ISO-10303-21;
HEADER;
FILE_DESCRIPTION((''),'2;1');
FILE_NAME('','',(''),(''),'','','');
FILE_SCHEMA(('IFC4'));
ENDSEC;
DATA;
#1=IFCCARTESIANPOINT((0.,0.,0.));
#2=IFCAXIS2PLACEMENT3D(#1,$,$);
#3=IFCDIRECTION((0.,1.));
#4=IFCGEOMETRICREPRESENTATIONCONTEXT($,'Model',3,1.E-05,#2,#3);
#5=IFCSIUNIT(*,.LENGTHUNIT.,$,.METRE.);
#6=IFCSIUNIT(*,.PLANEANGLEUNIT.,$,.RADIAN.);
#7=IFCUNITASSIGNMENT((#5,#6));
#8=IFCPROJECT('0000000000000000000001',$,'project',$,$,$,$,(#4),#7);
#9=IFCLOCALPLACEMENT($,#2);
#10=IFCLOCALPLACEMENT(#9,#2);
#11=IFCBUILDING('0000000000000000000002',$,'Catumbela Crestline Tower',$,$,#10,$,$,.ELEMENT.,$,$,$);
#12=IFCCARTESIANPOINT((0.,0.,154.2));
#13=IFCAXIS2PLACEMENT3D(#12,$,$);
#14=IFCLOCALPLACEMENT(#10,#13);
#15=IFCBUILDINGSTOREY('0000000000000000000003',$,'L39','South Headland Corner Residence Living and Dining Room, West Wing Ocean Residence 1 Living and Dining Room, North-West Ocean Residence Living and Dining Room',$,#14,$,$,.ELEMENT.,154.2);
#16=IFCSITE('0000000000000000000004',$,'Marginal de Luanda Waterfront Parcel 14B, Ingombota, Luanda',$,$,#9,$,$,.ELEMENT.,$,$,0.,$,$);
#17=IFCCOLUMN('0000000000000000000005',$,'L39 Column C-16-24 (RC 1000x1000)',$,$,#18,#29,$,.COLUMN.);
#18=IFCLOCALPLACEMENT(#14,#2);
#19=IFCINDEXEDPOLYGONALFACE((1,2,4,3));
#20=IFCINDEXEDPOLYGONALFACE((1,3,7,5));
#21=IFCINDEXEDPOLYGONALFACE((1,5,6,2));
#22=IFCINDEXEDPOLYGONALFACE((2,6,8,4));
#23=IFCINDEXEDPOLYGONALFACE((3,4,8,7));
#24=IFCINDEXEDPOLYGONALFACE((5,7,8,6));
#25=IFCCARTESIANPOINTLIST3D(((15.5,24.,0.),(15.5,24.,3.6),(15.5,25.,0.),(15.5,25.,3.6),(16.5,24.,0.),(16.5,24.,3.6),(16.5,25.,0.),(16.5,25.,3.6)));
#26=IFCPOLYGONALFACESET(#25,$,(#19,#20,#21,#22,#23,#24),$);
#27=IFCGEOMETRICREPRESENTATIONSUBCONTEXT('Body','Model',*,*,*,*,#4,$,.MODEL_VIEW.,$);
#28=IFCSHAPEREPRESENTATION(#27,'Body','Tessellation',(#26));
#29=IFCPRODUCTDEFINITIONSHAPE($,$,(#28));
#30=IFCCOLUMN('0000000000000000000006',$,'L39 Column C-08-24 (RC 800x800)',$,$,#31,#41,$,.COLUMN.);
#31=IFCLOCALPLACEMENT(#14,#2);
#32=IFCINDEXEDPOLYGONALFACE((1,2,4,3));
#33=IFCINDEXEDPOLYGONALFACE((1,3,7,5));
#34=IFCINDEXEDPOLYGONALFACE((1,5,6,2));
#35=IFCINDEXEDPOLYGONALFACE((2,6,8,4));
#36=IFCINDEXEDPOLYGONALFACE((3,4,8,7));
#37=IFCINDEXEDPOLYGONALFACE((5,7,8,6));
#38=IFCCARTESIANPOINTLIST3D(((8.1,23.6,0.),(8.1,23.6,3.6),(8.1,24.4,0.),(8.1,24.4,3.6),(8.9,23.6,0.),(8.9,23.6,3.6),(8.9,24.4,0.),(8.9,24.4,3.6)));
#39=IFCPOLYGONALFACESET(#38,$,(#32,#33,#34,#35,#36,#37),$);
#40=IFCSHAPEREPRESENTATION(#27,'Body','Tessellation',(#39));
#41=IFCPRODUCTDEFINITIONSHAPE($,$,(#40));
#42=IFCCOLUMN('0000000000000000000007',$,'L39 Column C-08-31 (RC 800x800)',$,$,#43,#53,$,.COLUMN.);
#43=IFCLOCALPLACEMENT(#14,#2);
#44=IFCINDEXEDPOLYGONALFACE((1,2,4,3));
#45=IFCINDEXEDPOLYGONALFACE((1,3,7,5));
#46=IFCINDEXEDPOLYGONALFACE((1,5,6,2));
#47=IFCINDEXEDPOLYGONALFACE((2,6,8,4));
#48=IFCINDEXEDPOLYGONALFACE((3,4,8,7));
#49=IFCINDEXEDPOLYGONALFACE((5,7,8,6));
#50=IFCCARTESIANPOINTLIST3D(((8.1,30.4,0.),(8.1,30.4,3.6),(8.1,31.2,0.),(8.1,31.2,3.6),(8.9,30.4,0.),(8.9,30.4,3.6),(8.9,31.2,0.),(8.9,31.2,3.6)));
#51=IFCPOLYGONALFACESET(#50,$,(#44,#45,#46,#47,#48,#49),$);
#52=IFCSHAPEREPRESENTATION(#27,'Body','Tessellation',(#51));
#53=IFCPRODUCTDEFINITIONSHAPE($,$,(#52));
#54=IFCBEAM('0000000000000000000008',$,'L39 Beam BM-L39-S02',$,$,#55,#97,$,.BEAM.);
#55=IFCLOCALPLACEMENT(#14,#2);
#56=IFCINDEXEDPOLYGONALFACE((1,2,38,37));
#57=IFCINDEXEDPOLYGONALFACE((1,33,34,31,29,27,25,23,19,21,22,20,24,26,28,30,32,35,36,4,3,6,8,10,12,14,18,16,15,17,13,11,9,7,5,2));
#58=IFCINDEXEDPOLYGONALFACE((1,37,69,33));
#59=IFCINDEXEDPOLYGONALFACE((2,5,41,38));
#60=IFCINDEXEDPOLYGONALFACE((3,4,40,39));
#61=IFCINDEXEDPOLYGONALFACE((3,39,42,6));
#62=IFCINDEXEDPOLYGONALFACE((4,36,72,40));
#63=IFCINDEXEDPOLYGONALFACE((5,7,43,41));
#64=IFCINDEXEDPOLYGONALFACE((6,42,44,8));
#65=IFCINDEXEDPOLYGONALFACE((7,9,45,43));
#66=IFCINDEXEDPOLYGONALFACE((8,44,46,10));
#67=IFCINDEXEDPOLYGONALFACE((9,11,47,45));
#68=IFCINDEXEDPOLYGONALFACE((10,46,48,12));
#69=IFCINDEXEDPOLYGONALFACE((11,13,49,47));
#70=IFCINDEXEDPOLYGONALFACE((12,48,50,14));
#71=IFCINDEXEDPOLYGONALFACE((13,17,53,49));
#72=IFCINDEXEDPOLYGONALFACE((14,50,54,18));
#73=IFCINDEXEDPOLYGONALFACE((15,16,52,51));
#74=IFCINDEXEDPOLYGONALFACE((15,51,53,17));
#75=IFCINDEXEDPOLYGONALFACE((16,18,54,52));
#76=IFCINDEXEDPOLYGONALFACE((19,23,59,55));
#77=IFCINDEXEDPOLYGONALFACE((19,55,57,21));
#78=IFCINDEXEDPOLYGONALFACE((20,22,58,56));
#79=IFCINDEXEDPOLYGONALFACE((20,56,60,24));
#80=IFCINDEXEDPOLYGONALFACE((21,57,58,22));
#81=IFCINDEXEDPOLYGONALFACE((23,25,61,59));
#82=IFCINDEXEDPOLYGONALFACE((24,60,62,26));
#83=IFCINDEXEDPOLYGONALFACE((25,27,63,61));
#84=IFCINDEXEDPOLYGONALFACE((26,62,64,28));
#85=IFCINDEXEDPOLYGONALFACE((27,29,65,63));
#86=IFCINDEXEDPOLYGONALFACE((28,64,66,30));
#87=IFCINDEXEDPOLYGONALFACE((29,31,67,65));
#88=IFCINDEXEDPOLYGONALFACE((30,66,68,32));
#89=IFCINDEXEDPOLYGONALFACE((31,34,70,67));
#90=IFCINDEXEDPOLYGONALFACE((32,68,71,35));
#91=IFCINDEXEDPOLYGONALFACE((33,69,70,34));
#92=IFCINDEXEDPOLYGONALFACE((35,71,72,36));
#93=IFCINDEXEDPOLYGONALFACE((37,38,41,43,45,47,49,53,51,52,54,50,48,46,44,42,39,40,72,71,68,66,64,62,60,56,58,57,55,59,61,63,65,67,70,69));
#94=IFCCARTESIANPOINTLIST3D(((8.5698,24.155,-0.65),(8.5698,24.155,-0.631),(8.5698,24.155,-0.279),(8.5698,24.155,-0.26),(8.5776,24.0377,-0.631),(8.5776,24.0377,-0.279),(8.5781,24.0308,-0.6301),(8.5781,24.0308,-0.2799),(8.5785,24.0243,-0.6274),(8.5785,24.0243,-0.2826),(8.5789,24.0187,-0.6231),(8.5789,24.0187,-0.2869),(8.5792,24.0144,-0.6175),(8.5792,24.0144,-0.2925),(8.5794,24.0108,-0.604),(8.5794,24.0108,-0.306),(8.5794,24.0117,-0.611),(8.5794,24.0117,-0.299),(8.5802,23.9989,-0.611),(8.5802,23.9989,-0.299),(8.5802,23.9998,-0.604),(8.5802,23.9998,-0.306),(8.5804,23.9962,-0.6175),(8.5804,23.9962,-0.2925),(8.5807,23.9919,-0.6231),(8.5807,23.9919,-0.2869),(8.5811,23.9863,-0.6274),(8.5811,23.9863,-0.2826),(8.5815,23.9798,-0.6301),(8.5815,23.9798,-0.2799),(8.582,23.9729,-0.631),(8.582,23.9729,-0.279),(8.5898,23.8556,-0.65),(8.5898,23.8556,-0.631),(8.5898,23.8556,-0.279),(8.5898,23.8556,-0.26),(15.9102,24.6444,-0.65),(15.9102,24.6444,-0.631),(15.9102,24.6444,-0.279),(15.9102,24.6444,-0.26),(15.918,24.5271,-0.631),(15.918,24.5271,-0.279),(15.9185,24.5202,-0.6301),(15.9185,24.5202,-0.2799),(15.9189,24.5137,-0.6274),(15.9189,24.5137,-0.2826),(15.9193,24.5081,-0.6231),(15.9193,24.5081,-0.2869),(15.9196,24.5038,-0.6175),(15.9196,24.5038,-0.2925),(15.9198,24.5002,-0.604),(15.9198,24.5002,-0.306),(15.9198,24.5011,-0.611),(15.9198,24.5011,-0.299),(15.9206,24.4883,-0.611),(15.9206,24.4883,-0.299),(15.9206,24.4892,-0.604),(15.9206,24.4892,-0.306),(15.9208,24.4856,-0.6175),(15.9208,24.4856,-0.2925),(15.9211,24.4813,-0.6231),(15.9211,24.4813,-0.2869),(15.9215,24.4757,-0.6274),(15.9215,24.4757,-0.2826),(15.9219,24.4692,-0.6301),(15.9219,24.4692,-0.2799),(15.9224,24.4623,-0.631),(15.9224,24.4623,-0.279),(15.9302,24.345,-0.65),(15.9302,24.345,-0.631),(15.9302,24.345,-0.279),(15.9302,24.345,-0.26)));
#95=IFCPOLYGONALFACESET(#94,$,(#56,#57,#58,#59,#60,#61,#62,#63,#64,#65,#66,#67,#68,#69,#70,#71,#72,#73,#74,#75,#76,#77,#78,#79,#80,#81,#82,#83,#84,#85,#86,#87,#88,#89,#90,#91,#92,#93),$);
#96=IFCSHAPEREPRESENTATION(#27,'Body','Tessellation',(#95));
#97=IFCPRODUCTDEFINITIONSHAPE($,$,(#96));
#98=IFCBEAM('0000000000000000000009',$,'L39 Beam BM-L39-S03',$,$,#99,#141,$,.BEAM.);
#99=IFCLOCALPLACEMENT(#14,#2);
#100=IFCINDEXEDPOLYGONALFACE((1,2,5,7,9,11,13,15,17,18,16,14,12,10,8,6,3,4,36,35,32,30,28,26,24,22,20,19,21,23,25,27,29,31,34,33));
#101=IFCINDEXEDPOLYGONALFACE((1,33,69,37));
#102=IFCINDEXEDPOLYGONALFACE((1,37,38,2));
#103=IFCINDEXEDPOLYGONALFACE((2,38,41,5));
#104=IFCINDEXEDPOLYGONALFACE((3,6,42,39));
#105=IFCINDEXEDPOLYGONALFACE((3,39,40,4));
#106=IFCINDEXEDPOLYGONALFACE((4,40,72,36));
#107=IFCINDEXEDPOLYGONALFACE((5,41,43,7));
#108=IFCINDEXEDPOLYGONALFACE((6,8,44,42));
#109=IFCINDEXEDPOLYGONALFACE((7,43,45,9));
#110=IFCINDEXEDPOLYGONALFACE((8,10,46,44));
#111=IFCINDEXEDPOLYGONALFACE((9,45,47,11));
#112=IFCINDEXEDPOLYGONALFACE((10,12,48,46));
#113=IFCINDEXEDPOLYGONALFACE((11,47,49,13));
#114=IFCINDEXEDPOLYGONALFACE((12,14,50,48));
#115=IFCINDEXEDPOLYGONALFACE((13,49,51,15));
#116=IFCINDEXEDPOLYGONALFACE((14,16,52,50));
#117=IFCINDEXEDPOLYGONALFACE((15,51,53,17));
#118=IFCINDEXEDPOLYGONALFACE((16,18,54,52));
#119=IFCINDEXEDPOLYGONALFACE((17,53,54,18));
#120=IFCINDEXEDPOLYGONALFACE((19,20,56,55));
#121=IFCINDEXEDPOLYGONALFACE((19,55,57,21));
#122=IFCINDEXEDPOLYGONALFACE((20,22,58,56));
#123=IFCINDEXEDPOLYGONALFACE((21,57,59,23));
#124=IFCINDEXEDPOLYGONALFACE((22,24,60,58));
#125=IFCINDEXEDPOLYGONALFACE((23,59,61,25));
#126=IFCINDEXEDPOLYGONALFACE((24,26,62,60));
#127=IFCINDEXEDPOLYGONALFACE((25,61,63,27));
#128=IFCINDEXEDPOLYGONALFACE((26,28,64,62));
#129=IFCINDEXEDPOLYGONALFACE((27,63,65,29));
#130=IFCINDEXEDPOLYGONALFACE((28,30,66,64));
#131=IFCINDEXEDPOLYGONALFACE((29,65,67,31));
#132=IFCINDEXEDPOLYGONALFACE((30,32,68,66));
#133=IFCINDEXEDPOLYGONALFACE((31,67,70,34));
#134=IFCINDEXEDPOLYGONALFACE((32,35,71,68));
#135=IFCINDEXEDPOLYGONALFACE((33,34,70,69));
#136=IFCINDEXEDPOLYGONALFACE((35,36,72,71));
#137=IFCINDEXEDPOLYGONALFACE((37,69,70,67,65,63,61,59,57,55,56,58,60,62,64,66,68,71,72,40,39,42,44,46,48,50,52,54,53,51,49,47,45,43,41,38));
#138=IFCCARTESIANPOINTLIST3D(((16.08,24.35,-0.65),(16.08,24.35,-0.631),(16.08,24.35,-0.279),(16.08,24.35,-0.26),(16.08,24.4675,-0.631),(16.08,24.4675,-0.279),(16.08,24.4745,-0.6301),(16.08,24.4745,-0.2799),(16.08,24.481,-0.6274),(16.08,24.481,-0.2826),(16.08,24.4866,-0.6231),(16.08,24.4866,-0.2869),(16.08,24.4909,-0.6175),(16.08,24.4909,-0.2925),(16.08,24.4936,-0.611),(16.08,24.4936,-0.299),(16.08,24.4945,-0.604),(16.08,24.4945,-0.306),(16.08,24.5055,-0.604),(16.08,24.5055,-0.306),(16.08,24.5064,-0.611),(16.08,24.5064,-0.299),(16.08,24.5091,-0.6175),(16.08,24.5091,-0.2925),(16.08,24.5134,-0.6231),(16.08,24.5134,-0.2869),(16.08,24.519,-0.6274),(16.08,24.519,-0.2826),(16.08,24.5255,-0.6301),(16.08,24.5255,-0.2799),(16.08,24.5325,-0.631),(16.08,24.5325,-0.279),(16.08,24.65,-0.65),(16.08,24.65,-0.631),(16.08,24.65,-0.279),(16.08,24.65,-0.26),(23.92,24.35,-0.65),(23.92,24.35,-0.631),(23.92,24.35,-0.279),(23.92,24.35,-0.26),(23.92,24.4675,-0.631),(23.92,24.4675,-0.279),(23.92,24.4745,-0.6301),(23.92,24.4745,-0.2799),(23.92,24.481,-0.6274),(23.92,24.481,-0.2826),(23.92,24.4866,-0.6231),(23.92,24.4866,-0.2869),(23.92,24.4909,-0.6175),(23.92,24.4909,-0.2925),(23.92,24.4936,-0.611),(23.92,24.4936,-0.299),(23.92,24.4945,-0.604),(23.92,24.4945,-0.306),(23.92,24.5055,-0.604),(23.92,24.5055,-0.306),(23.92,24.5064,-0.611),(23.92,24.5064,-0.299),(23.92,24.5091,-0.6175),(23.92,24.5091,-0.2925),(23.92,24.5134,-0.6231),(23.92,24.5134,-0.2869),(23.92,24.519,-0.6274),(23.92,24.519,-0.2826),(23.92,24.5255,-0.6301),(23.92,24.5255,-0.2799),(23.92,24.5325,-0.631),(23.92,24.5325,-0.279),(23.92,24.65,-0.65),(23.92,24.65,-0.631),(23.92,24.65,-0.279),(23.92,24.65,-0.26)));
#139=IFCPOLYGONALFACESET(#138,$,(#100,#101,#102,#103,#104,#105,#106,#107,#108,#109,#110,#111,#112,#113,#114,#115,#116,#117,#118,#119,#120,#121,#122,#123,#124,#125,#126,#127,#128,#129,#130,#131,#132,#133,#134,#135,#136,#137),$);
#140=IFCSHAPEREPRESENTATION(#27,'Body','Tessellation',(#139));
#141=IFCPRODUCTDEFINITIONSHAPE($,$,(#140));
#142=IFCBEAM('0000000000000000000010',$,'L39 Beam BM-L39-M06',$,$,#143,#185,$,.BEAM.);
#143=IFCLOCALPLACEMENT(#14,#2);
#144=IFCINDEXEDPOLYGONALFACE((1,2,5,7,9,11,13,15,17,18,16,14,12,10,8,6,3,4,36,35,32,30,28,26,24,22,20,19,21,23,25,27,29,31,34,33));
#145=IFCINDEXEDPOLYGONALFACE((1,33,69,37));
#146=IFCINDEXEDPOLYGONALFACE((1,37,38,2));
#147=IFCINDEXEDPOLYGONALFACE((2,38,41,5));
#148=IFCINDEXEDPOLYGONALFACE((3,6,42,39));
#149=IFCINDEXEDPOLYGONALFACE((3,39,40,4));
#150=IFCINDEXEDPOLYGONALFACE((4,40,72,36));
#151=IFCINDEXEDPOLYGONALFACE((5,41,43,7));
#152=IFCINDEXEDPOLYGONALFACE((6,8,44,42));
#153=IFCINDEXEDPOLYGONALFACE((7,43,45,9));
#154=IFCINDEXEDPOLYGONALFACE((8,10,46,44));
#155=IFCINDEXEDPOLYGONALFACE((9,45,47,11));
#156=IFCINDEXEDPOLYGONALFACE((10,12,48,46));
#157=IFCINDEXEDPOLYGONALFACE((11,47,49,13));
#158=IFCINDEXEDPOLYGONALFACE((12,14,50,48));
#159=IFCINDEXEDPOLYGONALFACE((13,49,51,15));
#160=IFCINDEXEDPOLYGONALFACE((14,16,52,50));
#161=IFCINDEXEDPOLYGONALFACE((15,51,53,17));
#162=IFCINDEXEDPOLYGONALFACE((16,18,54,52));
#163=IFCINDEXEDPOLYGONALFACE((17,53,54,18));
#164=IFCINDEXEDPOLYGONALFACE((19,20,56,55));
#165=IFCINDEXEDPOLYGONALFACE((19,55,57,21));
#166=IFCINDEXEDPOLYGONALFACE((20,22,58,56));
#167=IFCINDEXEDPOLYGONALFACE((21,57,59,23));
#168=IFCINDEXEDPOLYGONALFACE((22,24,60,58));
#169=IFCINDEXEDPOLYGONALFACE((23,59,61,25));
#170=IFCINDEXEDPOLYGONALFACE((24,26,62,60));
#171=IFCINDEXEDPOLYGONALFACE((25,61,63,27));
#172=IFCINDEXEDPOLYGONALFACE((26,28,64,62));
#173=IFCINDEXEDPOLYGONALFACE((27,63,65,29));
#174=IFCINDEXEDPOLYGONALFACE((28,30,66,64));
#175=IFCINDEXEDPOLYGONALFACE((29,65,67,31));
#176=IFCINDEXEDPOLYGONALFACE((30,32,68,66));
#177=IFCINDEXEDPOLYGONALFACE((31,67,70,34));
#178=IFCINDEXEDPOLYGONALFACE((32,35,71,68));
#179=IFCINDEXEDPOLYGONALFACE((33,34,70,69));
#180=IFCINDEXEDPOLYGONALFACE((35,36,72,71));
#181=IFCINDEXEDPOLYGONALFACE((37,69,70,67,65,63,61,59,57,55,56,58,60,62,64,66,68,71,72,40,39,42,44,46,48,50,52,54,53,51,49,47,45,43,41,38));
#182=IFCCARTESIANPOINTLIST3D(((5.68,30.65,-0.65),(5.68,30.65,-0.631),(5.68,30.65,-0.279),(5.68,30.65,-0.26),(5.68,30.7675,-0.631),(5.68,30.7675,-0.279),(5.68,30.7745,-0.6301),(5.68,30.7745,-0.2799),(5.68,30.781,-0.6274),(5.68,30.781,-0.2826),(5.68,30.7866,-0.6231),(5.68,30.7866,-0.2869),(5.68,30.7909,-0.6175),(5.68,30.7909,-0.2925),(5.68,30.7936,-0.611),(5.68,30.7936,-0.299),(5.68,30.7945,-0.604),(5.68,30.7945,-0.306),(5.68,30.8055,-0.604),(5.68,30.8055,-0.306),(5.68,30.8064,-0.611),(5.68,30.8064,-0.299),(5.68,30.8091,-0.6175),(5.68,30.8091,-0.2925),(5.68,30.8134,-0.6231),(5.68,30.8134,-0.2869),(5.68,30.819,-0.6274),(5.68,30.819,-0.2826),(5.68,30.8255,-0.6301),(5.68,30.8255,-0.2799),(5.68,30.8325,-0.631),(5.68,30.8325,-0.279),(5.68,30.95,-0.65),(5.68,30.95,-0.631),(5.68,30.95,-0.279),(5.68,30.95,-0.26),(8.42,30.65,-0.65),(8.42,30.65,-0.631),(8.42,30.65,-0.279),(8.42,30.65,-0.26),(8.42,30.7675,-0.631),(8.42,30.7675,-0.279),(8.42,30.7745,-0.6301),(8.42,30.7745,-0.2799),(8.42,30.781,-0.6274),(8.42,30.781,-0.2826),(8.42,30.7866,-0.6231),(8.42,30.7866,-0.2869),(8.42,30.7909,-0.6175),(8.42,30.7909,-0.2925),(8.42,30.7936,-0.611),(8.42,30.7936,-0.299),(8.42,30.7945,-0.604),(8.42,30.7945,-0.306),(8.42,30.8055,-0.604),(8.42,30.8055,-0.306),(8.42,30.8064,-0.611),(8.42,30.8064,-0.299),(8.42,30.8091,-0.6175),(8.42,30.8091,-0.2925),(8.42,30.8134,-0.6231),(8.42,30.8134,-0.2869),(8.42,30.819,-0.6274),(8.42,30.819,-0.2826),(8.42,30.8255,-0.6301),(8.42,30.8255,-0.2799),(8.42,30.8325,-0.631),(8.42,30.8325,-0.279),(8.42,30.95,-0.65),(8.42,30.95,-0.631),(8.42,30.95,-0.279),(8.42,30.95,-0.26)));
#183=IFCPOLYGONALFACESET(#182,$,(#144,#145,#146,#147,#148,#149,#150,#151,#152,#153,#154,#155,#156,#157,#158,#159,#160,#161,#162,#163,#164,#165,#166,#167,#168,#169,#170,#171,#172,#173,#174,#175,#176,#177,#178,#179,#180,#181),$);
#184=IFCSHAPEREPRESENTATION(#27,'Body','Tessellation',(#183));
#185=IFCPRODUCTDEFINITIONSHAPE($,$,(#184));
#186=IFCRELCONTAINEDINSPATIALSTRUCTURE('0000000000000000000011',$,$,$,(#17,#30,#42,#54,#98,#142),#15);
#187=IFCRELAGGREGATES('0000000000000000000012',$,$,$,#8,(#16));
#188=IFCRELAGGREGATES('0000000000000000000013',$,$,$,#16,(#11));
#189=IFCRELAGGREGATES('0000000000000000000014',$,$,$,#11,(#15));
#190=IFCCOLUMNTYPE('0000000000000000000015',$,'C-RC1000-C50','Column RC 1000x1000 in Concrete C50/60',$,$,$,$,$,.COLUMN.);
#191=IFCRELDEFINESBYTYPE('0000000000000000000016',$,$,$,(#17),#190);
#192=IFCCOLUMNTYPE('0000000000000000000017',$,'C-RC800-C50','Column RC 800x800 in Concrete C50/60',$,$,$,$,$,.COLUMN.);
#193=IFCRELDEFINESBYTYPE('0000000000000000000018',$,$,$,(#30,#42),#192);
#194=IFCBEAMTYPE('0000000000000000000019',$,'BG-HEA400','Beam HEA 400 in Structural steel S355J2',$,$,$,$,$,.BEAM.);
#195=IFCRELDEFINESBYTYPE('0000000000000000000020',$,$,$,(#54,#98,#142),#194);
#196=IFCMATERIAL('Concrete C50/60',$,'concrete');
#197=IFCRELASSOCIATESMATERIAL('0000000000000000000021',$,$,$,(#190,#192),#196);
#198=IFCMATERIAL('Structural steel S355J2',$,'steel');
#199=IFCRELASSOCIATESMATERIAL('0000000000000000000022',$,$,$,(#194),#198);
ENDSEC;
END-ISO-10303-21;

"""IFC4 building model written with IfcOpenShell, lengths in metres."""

from ifc_helpers import new_model, si_unit, direction, frame, origin, origin_2d, place, context, subcontext, project, spatial, rectangle, i_section, extrude, material, material_profile, profile_set, type_object, element, save


model = new_model("IFC4")

# Units and contexts
model_context = context("Model", 3, precision=1e-05, world=origin(), true_north=direction((0.0, 1.0)))
body_context = subcontext(model_context, "Body", "Model", "MODEL_VIEW")
ifc_project = project(units=[si_unit("LENGTHUNIT", "METRE"), si_unit("PLANEANGLEUNIT", "RADIAN")], contexts=[model_context])

# Site, building, storey
site_placement = place(None, origin())
site = spatial("IfcSite", under=ifc_project, at=site_placement, Name="Marginal de Luanda Waterfront Parcel 14B, Ingombota, Luanda", CompositionType="ELEMENT", RefElevation=0.0)
building_placement = place(site_placement, origin())
building = spatial("IfcBuilding", under=site, at=building_placement, Name="Catumbela Crestline Tower", CompositionType="ELEMENT")
storey_placement = place(building_placement, frame((0.0, 0.0, 154.2)))
storey = spatial("IfcBuildingStorey", under=building, at=storey_placement, Name="L39", Description="South Headland Corner Residence Living and Dining Room, West Wing Ocean Residence 1 Living and Dining Room, North-West Ocean Residence Living and Dining Room", CompositionType="ELEMENT", Elevation=154.2)

# Columns
ifc_material_1 = material(Name="Concrete C50/60", Category="concrete")
ifc_material_profile_1 = material_profile(ifc_material_1, rectangle(XDim=1.0, YDim=1.0, at=origin_2d()), Name="RC 1000x1000")
ifc_profile_set_1 = profile_set([ifc_material_profile_1], Name="Concrete C50/60")
column_type_1 = type_object("IfcColumnType", Name="C-RC1000-C50", Description="Column RC 1000x1000 in Concrete C50/60", PredefinedType="COLUMN", material=ifc_profile_set_1)
column_placement = place(storey_placement, frame((16.0, 24.5, 0.0), z_axis=(0.0, 0.0, 1.0), x_axis=(1.0, 0.0, 0.0)))
element("IfcColumn", 1, at=column_placement, inside=storey, type_object=column_type_1, Name="L39 Column C-16-24 (RC 1000x1000)", PredefinedType="COLUMN", context=body_context, shape_type="SweptSolid", body=[
    extrude(rectangle(XDim=1.0, YDim=1.0, at=origin_2d()), origin(), (0.0, 0.0, 1.0), 3.6),
])
ifc_material_profile_2 = material_profile(ifc_material_1, rectangle(XDim=0.8, YDim=0.8, at=origin_2d()), Name="RC 800x800")
ifc_profile_set_2 = profile_set([ifc_material_profile_2], Name="Concrete C50/60")
column_type_2 = type_object("IfcColumnType", Name="C-RC800-C50", Description="Column RC 800x800 in Concrete C50/60", PredefinedType="COLUMN", material=ifc_profile_set_2)
for number, where, z_axis, x_axis, name in (
    (2, (8.5, 24.0, 0.0), (0.0, 0.0, 1.0), (1.0, 0.0, 0.0), "L39 Column C-08-24 (RC 800x800)"),
    (3, (8.5, 30.8, 0.0), (0.0, 0.0, 1.0), (1.0, 0.0, 0.0), "L39 Column C-08-31 (RC 800x800)"),
):
    element("IfcColumn", number, at=place(storey_placement, frame(where, z_axis=z_axis, x_axis=x_axis)), inside=storey, type_object=column_type_2, Name=name, PredefinedType="COLUMN", context=body_context, shape_type="SweptSolid", body=[
        extrude(rectangle(XDim=0.8, YDim=0.8, at=origin_2d()), origin(), (0.0, 0.0, 1.0), 3.6),
    ])

# Beams
ifc_material_2 = material(Name="Structural steel S355J2", Category="steel")
ifc_material_profile_3 = material_profile(ifc_material_2, i_section(OverallWidth=0.3, OverallDepth=0.39, WebThickness=0.011, FlangeThickness=0.019, FilletRadius=0.027, at=origin_2d()), Name="HEA 400")
ifc_profile_set_3 = profile_set([ifc_material_profile_3], Name="Structural steel S355J2")
beam_type_1 = type_object("IfcBeamType", Name="BG-HEA400", Description="Beam HEA 400 in Structural steel S355J2", PredefinedType="BEAM", material=ifc_profile_set_3)
beam_1_placement = place(storey_placement, frame((8.5798, 24.0053, -0.455), z_axis=(0.997785, 0.066524, 0.0), x_axis=(-0.066524, 0.997785, 0.0)))
element("IfcBeam", 4, at=beam_1_placement, inside=storey, type_object=beam_type_1, Name="L39 Beam BM-L39-S02", PredefinedType="BEAM", context=body_context, shape_type="SweptSolid", body=[
    extrude(i_section(OverallWidth=0.3, OverallDepth=0.39, WebThickness=0.011, FlangeThickness=0.019, FilletRadius=0.027, at=origin_2d()), origin(), (0.0, 0.0, 1.0), 7.3567),
])
beam_2_placement = place(storey_placement, frame((16.08, 24.5, -0.455), z_axis=(1.0, 0.0, 0.0), x_axis=(0.0, 1.0, 0.0)))
element("IfcBeam", 5, at=beam_2_placement, inside=storey, type_object=beam_type_1, Name="L39 Beam BM-L39-S03", PredefinedType="BEAM", context=body_context, shape_type="SweptSolid", body=[
    extrude(i_section(OverallWidth=0.3, OverallDepth=0.39, WebThickness=0.011, FlangeThickness=0.019, FilletRadius=0.027, at=origin_2d()), origin(), (0.0, 0.0, 1.0), 7.84),
])
beam_3_placement = place(storey_placement, frame((5.68, 30.8, -0.455), z_axis=(1.0, 0.0, 0.0), x_axis=(0.0, 1.0, 0.0)))
element("IfcBeam", 6, at=beam_3_placement, inside=storey, type_object=beam_type_1, Name="L39 Beam BM-L39-M06", PredefinedType="BEAM", context=body_context, shape_type="SweptSolid", body=[
    extrude(i_section(OverallWidth=0.3, OverallDepth=0.39, WebThickness=0.011, FlangeThickness=0.019, FilletRadius=0.027, at=origin_2d()), origin(), (0.0, 0.0, 1.0), 2.74),
])

save(model, "model.ifc")
